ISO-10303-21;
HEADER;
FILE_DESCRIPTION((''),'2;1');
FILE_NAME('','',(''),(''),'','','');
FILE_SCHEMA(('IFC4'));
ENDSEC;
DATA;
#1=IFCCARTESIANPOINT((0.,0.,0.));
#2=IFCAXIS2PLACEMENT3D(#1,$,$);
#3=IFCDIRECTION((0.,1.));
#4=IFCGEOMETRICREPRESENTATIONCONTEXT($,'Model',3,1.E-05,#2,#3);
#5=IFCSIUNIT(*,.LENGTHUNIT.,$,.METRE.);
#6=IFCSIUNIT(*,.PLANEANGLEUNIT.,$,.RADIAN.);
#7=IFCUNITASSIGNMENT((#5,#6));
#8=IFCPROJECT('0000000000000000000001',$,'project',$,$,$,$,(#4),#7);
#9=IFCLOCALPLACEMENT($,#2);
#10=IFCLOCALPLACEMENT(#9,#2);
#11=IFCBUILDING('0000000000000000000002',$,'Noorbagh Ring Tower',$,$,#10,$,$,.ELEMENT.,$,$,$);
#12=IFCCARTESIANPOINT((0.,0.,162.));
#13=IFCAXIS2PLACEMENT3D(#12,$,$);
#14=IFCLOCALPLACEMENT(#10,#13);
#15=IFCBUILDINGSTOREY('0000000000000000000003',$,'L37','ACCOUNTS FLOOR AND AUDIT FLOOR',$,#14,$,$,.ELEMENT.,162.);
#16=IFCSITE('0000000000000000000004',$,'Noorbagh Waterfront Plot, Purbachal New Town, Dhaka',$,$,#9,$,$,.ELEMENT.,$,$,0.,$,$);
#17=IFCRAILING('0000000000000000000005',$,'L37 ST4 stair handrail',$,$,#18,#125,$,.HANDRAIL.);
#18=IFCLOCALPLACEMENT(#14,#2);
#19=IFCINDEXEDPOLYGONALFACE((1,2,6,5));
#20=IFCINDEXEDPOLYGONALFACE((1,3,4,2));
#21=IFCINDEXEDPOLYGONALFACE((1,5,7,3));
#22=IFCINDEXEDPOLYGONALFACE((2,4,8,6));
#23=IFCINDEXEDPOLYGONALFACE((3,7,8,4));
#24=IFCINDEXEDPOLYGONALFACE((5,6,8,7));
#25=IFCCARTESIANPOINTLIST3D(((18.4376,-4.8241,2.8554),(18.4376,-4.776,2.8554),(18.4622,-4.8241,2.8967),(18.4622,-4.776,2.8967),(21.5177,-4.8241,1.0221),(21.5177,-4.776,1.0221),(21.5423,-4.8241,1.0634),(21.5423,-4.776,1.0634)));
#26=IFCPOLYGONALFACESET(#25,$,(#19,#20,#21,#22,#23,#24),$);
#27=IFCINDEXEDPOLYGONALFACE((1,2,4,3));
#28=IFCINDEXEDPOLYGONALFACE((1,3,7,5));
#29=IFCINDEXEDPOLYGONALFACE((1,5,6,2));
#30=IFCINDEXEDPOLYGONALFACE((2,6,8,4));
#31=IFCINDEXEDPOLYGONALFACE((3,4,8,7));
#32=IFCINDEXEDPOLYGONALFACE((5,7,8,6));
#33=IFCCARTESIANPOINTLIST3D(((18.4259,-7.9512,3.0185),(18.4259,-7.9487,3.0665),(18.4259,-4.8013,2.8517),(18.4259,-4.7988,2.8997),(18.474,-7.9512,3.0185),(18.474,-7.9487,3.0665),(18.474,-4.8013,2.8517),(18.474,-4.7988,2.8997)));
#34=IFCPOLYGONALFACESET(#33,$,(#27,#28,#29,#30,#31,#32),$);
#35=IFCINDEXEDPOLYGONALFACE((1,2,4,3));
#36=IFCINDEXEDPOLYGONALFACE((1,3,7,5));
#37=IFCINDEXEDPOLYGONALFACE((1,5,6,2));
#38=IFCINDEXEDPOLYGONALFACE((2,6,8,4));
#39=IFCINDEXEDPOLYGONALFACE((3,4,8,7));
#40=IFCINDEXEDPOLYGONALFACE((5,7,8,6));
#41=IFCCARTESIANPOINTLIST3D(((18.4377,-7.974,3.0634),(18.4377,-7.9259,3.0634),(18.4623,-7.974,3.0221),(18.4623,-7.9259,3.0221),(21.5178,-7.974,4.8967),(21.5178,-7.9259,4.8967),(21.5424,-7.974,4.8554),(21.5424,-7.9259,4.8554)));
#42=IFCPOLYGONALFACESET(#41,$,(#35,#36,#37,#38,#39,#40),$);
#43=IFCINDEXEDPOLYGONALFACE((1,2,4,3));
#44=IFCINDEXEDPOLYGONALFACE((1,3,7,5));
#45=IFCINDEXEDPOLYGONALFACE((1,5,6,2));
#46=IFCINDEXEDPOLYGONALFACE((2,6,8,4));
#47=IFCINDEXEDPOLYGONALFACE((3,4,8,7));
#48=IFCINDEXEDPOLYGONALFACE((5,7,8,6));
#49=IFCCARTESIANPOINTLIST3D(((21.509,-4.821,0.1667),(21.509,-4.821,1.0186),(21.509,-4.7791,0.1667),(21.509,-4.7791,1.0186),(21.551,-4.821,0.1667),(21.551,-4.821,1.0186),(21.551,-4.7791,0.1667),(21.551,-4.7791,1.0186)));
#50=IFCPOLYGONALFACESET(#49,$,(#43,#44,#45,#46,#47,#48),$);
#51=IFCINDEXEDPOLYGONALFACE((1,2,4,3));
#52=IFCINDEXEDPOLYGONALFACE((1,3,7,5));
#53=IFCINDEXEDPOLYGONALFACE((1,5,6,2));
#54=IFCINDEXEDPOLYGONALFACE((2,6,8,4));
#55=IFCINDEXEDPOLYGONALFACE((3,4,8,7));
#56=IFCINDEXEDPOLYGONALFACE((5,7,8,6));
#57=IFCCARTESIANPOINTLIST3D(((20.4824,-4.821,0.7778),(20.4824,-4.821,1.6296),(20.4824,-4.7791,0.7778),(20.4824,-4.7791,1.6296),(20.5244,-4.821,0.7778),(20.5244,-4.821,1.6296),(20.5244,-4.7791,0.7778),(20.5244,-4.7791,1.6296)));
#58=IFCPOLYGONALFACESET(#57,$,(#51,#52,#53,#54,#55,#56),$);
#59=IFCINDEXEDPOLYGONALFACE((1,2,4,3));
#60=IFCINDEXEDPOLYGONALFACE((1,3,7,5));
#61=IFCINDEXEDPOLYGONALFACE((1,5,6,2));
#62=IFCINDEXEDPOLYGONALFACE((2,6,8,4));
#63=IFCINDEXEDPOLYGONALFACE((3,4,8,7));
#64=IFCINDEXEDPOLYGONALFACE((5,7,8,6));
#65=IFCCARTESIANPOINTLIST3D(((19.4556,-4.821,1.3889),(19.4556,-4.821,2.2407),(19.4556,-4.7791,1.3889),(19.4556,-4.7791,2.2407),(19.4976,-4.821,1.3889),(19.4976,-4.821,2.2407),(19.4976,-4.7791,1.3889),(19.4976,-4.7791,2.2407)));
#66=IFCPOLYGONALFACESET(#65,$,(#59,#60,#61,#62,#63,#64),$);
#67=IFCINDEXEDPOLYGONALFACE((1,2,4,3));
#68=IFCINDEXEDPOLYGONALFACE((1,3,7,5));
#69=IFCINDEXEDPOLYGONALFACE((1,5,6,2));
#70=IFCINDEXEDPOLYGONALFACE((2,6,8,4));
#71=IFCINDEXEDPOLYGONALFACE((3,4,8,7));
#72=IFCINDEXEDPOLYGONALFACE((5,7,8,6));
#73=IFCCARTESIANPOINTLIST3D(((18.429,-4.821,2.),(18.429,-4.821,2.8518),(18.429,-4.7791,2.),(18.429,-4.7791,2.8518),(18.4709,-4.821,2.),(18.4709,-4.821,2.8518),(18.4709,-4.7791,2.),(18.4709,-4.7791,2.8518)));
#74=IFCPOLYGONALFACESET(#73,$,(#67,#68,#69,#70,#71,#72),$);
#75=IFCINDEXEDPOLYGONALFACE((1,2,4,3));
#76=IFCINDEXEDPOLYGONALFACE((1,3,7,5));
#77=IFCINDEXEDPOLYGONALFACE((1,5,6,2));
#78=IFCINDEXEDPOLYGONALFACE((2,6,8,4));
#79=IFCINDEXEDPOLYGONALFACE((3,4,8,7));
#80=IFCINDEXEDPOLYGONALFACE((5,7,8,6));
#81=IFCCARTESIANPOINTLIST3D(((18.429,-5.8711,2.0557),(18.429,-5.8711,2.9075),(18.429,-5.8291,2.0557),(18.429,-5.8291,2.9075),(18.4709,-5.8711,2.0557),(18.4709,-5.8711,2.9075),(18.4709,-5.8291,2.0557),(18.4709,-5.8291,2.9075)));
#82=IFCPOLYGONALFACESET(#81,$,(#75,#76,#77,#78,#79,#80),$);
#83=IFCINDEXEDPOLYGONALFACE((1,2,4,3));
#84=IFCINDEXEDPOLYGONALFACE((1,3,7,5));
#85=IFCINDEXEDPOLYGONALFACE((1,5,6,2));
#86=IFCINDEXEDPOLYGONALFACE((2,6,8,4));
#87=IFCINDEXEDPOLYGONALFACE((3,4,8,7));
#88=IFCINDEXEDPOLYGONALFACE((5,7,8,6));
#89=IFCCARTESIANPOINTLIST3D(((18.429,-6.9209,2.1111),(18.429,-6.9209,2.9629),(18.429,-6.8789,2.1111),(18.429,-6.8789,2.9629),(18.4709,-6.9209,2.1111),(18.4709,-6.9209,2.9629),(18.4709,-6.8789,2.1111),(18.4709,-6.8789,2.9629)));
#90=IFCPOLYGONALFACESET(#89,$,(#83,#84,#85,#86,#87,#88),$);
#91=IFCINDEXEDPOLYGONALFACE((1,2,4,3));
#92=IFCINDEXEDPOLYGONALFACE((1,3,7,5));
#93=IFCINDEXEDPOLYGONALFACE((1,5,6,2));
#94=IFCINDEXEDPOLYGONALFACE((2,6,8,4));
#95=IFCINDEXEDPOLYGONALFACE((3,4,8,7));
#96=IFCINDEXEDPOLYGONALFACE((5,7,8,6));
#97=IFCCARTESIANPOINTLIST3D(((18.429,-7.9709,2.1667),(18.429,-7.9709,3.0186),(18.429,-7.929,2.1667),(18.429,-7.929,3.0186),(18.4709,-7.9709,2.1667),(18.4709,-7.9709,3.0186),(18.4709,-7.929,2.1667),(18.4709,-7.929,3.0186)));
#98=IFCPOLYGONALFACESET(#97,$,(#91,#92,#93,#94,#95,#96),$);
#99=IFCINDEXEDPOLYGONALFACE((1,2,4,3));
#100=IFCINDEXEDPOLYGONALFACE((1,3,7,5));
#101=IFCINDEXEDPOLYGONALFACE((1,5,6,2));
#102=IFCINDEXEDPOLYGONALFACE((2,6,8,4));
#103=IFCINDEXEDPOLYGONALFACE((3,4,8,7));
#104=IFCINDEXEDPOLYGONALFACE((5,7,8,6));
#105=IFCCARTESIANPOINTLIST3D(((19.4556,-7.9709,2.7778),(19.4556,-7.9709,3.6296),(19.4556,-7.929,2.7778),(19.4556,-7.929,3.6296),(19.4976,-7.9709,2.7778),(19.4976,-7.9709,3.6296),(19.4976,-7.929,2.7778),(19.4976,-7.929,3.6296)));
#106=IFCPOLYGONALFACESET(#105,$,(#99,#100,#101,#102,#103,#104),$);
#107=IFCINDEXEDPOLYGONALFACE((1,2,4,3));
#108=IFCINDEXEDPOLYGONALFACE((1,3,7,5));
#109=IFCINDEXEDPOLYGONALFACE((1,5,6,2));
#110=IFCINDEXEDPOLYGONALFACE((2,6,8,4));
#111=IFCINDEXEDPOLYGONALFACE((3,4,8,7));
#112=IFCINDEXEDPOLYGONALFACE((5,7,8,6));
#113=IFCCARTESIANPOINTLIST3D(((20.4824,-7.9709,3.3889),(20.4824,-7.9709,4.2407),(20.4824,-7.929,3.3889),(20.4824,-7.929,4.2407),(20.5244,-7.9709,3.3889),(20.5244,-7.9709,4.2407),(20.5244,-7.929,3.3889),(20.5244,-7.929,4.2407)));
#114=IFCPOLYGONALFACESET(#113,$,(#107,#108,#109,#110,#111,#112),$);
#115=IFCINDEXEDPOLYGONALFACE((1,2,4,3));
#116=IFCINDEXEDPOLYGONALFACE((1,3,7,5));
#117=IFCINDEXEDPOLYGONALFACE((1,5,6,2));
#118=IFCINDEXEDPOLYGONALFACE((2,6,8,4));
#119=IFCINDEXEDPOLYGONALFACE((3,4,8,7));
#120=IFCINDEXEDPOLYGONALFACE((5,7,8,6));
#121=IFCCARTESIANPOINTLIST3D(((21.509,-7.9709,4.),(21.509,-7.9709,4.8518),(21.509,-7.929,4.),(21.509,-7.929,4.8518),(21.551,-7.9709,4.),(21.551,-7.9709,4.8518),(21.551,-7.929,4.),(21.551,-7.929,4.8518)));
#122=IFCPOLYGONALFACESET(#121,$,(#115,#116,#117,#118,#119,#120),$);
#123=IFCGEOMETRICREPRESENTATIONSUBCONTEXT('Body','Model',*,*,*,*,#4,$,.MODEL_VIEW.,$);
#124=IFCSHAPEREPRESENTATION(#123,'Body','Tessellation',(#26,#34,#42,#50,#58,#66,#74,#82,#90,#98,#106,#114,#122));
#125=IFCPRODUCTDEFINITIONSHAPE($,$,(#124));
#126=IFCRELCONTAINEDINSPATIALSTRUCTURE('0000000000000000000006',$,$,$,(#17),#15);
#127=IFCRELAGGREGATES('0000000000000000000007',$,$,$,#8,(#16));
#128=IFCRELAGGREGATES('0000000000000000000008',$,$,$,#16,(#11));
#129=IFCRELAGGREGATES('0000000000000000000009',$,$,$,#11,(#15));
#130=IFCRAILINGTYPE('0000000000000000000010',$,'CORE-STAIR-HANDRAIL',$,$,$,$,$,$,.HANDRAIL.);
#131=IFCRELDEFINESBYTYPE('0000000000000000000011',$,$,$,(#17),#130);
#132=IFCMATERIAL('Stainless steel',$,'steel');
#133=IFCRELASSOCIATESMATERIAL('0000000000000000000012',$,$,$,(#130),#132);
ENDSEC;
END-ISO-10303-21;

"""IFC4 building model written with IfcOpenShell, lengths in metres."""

from ifc_helpers import new_model, si_unit, direction, frame, origin, origin_2d, place, context, subcontext, project, spatial, rectangle, extrude, material, type_object, element, save


model = new_model("IFC4")

# Units and contexts
model_context = context("Model", 3, precision=1e-05, world=origin(), true_north=direction((0.0, 1.0)))
body_context = subcontext(model_context, "Body", "Model", "MODEL_VIEW")
ifc_project = project(units=[si_unit("LENGTHUNIT", "METRE"), si_unit("PLANEANGLEUNIT", "RADIAN")], contexts=[model_context])

# Site, building, storey
site_placement = place(None, origin())
site = spatial("IfcSite", under=ifc_project, at=site_placement, Name="Noorbagh Waterfront Plot, Purbachal New Town, Dhaka", CompositionType="ELEMENT", RefElevation=0.0)
building_placement = place(site_placement, origin())
building = spatial("IfcBuilding", under=site, at=building_placement, Name="Noorbagh Ring Tower", CompositionType="ELEMENT")
storey_placement = place(building_placement, frame((0.0, 0.0, 162.0)))
storey = spatial("IfcBuildingStorey", under=building, at=storey_placement, Name="L37", Description="ACCOUNTS FLOOR AND AUDIT FLOOR", CompositionType="ELEMENT", Elevation=162.0)

# Railing
ifc_material_1 = material(Name="Stainless steel", Category="steel")
railing_type_1 = type_object("IfcRailingType", Name="CORE-STAIR-HANDRAIL", PredefinedType="HANDRAIL", material=ifc_material_1)
railing_1_placement = place(storey_placement, frame((21.53, -4.8, 0.1667)))
element("IfcRailing", 1, at=railing_1_placement, inside=storey, type_object=railing_type_1, Name="L37 ST4 stair handrail", PredefinedType="HANDRAIL", context=body_context, shape_type="SweptSolid", body=[
    extrude(rectangle(XDim=0.0481, YDim=0.0481, at=origin_2d()), frame((0.0, 0.0, 0.876), z_axis=(-0.859309, 0.0, 0.511458), x_axis=(0.0, -1.0, 0.0)), (0.0, 0.0, 1.0), 3.5845),
    extrude(rectangle(XDim=0.0481, YDim=0.0481, at=origin_2d()), frame((-3.0801, 0.0, 2.709), z_axis=(0.0, -0.998602, 0.052864), x_axis=(1.0, 0.0, 0.0)), (0.0, 0.0, 1.0), 3.1543),
    extrude(rectangle(XDim=0.0481, YDim=0.0481, at=origin_2d()), frame((-3.0801, -3.1499, 2.876), z_axis=(0.859309, 0.0, 0.511458), x_axis=(0.0, 1.0, 0.0)), (0.0, 0.0, 1.0), 3.5845),
    extrude(rectangle(XDim=0.042, YDim=0.042, at=origin_2d()), origin(), (0.0, 0.0, 1.0), 0.8518),
    extrude(rectangle(XDim=0.042, YDim=0.042, at=origin_2d()), frame((-1.0266, 0.0, 0.6111)), (0.0, 0.0, 1.0), 0.8518),
    extrude(rectangle(XDim=0.042, YDim=0.042, at=origin_2d()), frame((-2.0535, 0.0, 1.2222)), (0.0, 0.0, 1.0), 0.8518),
    extrude(rectangle(XDim=0.042, YDim=0.042, at=origin_2d()), frame((-3.0801, 0.0, 1.8333)), (0.0, 0.0, 1.0), 0.8518),
    extrude(rectangle(XDim=0.042, YDim=0.042, at=origin_2d()), frame((-3.0801, -1.05, 1.8889)), (0.0, 0.0, 1.0), 0.8518),
    extrude(rectangle(XDim=0.042, YDim=0.042, at=origin_2d()), frame((-3.0801, -2.0999, 1.9443)), (0.0, 0.0, 1.0), 0.8518),
    extrude(rectangle(XDim=0.042, YDim=0.042, at=origin_2d()), frame((-3.0801, -3.1499, 2.0)), (0.0, 0.0, 1.0), 0.8518),
    extrude(rectangle(XDim=0.042, YDim=0.042, at=origin_2d()), frame((-2.0535, -3.1499, 2.6111)), (0.0, 0.0, 1.0), 0.8518),
    extrude(rectangle(XDim=0.042, YDim=0.042, at=origin_2d()), frame((-1.0266, -3.1499, 3.2222)), (0.0, 0.0, 1.0), 0.8518),
    extrude(rectangle(XDim=0.042, YDim=0.042, at=origin_2d()), frame((0.0, -3.1499, 3.8333)), (0.0, 0.0, 1.0), 0.8518),
])

save(model, "model.ifc")
